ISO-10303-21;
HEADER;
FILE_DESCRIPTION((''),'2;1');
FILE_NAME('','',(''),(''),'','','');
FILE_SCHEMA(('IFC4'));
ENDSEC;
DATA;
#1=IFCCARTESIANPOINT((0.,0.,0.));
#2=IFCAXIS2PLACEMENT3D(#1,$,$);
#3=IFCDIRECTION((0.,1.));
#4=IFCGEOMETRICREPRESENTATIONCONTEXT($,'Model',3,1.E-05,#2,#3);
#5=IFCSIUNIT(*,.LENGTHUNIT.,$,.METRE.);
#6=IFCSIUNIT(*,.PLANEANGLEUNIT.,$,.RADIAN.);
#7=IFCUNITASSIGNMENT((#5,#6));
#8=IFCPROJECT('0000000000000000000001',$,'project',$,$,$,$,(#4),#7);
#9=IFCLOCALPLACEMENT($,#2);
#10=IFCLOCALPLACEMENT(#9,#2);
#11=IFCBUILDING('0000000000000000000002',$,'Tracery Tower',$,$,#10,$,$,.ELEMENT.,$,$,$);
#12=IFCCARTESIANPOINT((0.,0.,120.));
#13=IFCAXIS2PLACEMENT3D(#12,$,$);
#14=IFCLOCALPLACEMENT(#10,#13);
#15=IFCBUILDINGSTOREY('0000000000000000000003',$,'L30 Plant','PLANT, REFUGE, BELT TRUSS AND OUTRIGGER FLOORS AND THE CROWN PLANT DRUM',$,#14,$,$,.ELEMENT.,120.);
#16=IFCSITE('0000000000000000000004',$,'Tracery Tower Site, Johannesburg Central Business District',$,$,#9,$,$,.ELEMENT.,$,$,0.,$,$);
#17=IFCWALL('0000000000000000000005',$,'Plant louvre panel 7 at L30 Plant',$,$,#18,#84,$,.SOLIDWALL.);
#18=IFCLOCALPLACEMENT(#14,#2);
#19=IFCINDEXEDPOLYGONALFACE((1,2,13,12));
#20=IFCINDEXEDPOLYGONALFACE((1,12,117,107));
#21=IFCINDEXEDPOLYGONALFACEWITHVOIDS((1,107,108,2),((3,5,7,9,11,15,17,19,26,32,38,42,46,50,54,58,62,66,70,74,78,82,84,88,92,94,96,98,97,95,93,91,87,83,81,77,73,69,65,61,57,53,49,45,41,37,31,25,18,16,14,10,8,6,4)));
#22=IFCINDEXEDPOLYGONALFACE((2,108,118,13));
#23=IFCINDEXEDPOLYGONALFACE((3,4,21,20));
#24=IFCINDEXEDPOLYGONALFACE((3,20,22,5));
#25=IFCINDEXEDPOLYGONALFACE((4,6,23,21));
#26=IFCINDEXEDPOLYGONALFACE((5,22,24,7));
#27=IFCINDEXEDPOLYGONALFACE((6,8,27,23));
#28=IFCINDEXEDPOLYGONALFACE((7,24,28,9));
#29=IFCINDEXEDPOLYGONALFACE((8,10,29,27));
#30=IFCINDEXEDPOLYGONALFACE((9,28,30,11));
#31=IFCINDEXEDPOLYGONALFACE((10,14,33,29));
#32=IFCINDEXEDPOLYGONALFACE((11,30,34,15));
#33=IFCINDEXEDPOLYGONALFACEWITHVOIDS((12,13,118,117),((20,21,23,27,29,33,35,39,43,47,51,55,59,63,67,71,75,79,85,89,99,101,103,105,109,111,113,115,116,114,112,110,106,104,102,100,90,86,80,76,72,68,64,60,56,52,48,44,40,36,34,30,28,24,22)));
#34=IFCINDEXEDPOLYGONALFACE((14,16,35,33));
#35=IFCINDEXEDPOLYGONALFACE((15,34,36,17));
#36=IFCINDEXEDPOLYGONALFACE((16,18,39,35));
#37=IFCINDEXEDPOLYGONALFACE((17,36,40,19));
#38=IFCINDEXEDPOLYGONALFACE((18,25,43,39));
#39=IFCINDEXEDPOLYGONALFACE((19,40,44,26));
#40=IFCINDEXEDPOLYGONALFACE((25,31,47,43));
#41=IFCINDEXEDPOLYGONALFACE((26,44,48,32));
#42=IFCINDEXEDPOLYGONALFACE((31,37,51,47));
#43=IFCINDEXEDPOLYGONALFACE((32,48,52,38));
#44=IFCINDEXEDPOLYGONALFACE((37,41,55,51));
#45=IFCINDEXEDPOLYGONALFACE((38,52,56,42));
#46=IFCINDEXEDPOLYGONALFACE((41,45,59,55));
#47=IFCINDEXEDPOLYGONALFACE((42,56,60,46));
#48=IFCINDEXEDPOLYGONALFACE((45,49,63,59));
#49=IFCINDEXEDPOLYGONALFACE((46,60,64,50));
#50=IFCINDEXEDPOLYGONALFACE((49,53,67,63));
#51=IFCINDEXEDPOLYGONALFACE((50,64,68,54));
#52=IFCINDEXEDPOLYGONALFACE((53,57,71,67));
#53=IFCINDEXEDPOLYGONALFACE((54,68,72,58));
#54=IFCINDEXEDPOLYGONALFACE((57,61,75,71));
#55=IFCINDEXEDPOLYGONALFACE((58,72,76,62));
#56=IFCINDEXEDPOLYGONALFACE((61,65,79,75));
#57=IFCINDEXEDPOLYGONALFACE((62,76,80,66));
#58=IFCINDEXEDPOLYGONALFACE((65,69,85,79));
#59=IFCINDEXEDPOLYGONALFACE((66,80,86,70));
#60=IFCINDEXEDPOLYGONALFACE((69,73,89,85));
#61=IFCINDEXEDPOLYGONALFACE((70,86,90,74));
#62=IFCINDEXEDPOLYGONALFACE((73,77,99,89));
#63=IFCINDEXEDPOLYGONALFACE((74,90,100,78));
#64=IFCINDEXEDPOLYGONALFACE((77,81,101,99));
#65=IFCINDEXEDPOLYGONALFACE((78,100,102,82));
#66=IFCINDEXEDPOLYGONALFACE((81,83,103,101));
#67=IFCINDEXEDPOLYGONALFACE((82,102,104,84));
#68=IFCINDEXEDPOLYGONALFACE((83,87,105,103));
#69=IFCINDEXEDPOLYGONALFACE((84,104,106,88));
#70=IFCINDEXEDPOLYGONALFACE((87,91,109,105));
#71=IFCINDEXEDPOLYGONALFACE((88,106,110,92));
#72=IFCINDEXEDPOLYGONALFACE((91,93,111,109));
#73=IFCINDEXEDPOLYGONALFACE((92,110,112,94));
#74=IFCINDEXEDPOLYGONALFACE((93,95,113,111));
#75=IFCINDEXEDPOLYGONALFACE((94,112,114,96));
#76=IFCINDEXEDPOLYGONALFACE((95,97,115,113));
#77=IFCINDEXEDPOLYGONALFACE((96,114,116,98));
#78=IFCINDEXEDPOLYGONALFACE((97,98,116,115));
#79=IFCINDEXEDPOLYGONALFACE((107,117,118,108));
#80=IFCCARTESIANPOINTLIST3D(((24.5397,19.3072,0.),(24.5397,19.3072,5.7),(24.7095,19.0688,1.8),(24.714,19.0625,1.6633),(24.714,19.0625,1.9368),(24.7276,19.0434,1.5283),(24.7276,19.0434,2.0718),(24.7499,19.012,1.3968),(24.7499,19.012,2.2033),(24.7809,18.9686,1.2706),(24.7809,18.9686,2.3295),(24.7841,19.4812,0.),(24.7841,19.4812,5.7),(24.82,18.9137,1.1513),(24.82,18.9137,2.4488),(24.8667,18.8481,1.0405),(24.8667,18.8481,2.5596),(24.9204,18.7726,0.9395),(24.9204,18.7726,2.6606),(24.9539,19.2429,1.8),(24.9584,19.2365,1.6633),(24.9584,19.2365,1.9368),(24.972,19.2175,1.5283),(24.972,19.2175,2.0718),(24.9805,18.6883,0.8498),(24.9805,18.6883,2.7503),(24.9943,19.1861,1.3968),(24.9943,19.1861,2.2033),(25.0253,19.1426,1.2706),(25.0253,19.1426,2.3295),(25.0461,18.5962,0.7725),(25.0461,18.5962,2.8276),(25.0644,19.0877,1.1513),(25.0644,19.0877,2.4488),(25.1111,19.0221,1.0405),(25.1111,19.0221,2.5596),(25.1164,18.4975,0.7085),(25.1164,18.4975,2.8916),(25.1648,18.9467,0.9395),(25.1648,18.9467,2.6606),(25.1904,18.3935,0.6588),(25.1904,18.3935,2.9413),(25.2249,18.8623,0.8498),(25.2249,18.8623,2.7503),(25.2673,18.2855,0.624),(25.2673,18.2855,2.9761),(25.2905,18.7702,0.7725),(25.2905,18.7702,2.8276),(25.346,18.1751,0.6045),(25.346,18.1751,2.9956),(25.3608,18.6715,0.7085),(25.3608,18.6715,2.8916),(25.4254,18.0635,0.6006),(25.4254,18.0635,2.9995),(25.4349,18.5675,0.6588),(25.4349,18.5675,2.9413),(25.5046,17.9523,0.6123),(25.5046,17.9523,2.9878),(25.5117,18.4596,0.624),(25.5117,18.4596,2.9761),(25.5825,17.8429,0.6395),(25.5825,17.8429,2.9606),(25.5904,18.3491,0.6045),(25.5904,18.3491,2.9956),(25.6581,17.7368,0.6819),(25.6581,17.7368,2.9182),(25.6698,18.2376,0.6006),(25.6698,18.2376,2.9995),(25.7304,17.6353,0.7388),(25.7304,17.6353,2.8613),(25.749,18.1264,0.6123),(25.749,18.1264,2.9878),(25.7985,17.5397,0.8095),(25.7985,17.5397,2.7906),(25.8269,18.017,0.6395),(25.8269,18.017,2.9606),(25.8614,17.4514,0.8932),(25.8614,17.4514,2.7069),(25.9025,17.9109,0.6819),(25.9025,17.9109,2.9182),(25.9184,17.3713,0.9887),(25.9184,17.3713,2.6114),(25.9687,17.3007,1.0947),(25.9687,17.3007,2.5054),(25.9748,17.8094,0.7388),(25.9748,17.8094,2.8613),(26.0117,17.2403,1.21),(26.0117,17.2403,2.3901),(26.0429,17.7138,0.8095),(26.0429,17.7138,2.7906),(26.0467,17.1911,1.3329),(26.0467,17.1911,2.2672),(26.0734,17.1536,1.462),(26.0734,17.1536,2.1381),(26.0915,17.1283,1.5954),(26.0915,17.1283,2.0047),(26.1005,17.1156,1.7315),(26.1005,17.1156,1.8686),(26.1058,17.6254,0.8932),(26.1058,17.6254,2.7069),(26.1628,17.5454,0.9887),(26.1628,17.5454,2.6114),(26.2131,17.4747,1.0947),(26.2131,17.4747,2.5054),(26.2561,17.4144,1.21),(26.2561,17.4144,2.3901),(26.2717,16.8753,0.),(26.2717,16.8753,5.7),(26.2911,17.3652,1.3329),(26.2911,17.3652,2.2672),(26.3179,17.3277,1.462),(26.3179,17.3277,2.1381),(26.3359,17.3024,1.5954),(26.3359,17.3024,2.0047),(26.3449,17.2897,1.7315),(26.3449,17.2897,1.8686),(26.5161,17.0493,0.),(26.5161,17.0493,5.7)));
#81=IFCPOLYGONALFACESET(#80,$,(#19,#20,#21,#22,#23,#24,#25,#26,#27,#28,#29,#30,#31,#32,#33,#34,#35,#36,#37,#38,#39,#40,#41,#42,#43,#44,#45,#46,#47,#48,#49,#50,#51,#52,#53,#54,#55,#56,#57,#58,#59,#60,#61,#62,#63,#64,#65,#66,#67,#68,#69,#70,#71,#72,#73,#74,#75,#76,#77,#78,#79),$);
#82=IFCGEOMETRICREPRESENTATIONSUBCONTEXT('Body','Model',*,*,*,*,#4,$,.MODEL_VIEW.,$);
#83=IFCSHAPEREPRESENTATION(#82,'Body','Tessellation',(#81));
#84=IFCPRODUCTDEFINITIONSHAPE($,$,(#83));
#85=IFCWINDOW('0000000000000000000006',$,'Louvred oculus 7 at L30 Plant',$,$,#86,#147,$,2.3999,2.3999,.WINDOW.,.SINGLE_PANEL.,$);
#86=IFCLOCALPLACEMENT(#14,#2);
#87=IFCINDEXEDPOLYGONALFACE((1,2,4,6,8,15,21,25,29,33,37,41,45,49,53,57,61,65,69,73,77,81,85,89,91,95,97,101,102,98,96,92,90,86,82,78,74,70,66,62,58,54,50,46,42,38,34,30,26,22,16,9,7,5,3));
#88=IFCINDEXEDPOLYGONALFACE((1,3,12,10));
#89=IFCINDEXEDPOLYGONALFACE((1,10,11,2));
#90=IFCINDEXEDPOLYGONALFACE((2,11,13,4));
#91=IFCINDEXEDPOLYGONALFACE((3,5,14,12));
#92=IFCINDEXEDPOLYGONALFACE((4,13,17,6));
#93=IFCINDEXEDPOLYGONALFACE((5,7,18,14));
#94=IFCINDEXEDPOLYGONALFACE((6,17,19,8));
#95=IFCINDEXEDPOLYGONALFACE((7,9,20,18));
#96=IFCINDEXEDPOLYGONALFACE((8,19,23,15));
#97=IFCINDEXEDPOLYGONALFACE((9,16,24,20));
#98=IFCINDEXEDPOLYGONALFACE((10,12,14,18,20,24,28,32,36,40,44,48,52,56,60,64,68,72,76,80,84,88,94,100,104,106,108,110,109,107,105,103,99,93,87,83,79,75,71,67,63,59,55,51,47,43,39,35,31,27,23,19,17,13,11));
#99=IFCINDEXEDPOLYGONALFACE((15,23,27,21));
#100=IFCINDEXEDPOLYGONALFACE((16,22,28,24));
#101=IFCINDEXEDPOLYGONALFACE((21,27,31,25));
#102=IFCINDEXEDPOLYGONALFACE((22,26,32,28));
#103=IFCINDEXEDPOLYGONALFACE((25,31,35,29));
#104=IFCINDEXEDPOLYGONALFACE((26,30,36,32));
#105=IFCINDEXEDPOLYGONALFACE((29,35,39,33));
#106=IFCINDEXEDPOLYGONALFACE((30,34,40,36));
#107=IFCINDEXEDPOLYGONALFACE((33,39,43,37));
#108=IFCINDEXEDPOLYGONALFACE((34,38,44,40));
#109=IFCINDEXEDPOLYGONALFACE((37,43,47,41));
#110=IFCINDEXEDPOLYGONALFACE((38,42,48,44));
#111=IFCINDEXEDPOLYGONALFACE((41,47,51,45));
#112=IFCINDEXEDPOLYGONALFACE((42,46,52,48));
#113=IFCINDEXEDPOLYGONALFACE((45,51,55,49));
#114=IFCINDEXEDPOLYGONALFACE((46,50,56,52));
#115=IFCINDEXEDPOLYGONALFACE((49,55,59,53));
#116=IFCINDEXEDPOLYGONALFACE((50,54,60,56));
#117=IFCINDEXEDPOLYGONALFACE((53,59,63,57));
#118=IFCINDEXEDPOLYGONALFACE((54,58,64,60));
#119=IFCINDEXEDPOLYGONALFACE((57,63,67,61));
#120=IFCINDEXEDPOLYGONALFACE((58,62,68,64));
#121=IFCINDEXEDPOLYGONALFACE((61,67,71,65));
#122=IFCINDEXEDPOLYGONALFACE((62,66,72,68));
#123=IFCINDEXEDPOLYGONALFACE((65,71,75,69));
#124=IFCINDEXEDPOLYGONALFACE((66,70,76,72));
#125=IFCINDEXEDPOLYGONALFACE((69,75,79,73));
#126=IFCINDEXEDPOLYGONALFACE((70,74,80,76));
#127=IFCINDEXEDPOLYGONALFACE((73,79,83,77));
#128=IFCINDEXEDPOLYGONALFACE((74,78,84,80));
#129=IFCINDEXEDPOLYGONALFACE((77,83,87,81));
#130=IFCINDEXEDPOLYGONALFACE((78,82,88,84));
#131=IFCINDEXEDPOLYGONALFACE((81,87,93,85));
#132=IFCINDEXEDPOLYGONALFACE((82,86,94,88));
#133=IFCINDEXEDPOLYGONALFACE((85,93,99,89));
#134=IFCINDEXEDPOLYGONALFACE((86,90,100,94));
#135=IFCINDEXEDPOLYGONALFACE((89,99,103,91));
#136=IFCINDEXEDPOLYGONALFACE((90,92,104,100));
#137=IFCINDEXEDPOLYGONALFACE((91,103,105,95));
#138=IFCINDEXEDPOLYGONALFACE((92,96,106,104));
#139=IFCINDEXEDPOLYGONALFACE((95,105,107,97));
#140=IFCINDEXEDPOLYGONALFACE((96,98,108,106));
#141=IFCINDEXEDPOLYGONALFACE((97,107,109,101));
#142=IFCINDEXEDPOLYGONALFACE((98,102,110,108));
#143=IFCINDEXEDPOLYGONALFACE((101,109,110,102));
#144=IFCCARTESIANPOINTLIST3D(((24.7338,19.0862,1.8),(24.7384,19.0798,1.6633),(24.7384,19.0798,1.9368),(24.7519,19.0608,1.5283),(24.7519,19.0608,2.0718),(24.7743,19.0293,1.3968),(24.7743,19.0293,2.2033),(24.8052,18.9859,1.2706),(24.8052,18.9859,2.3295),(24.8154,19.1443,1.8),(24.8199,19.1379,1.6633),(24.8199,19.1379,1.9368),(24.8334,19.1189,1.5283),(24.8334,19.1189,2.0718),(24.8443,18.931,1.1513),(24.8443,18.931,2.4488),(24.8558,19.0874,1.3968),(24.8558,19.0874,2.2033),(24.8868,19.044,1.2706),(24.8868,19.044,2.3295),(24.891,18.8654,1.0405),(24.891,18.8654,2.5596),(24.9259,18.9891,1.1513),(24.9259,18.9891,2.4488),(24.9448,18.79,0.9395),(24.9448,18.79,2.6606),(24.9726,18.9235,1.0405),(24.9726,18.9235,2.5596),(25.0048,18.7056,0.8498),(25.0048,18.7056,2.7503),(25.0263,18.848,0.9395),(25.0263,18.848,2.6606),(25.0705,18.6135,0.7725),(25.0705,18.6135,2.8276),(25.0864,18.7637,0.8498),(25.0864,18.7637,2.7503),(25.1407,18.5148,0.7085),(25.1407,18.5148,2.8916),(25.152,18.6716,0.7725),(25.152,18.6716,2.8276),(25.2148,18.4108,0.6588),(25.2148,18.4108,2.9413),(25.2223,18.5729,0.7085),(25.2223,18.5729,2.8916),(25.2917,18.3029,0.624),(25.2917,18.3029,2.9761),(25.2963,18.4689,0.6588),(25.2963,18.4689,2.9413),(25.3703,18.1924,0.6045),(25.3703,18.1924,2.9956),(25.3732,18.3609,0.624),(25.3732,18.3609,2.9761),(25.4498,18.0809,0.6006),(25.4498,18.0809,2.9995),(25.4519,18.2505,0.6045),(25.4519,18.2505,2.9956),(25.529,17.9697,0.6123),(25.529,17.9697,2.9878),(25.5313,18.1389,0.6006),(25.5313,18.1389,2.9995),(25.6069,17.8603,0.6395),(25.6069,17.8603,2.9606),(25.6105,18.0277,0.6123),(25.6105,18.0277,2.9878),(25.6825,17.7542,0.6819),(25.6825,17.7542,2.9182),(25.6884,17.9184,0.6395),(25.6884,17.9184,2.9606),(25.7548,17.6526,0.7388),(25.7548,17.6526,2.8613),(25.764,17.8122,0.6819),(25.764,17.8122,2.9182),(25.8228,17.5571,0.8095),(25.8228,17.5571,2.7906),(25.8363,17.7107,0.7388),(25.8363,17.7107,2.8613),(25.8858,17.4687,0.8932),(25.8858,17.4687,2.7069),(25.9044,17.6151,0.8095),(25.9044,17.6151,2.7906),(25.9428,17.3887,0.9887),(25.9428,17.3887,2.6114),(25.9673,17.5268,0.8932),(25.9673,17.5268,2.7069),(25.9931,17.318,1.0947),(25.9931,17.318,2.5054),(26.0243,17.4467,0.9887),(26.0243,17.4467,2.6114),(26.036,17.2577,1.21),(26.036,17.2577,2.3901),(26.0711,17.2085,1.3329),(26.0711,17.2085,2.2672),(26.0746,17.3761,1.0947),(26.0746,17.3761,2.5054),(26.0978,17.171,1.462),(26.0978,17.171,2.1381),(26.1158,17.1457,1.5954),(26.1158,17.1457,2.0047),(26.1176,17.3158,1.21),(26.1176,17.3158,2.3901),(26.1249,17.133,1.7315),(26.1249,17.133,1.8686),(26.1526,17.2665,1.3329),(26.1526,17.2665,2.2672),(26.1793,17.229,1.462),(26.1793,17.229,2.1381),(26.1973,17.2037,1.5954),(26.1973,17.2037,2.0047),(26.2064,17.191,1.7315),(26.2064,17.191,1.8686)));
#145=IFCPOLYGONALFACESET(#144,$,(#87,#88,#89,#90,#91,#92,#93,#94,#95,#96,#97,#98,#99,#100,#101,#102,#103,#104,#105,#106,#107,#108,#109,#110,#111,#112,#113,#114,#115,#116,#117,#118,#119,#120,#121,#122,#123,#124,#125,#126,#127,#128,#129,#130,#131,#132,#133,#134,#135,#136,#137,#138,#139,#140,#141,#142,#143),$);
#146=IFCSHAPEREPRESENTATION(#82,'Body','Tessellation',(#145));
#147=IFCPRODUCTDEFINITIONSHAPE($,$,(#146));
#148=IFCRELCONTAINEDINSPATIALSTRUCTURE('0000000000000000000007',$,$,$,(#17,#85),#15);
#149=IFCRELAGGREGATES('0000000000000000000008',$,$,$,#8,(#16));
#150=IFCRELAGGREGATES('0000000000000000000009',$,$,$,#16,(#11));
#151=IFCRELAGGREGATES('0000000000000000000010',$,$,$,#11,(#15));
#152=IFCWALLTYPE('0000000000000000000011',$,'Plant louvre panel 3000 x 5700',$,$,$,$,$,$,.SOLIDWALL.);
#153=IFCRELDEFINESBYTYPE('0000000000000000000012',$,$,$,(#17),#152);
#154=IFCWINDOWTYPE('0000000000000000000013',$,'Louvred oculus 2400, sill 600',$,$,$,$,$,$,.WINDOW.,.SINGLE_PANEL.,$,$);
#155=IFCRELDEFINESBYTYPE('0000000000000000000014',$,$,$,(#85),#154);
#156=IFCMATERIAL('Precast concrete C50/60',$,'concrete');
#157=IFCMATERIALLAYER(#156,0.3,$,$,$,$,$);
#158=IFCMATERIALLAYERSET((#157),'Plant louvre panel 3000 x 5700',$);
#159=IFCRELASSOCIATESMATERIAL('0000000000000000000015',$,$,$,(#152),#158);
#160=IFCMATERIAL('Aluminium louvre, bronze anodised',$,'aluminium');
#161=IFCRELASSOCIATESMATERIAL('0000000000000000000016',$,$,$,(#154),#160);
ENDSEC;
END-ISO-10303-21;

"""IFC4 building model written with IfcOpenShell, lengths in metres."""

from ifc_helpers import new_model, si_unit, direction, frame, frame_2d, origin, origin_2d, place, context, subcontext, project, spatial, rectangle, circle, extrude, material, layer, layer_set, type_object, element, fill, save


model = new_model("IFC4")

# Units and contexts
model_context = context("Model", 3, precision=1e-05, world=origin(), true_north=direction((0.0, 1.0)))
body_context = subcontext(model_context, "Body", "Model", "MODEL_VIEW")
ifc_project = project(units=[si_unit("LENGTHUNIT", "METRE"), si_unit("PLANEANGLEUNIT", "RADIAN")], contexts=[model_context])

# Site, building, storey
site_placement = place(None, origin())
site = spatial("IfcSite", under=ifc_project, at=site_placement, Name="Tracery Tower Site, Johannesburg Central Business District", CompositionType="ELEMENT", RefElevation=0.0)
building_placement = place(site_placement, origin())
building = spatial("IfcBuilding", under=site, at=building_placement, Name="Tracery Tower", CompositionType="ELEMENT")
storey_placement = place(building_placement, frame((0.0, 0.0, 120.0)))
storey = spatial("IfcBuildingStorey", under=building, at=storey_placement, Name="L30 Plant", Description="PLANT, REFUGE, BELT TRUSS AND OUTRIGGER FLOORS AND THE CROWN PLANT DRUM", CompositionType="ELEMENT", Elevation=120.0)

# Wall, opening, window
ifc_material_1 = material(Name="Precast concrete C50/60", Category="concrete")
ifc_layer_1 = layer(ifc_material_1, 0.3)
ifc_layer_set_1 = layer_set([ifc_layer_1], Name="Plant louvre panel 3000 x 5700")
wall_type_1 = type_object("IfcWallType", Name="Plant louvre panel 3000 x 5700", PredefinedType="SOLIDWALL", material=ifc_layer_set_1)
wall_1_placement = place(storey_placement, frame((26.3938, 16.9624, 0.0), z_axis=(0.0, 0.0, 1.0), x_axis=(-0.580101, 0.814545, 0.0)))
wall_1 = element("IfcWall", 1, at=wall_1_placement, inside=storey, type_object=wall_type_1, Name="Plant louvre panel 7 at L30 Plant", PredefinedType="SOLIDWALL", context=body_context, shape_type="SweptSolid", body=[
    extrude(rectangle(XDim=2.9856, YDim=0.3, at=frame_2d((1.4927, 0.0))), origin(), (0.0, 0.0, 1.0), 5.7),
])
opening_1_placement = place(wall_1_placement, frame((1.4929, 0.0, 1.8)))
opening_1 = element("IfcOpeningElement", 2, at=opening_1_placement, cuts=wall_1, PredefinedType="OPENING", context=body_context, shape_type="SweptSolid", body=[
    extrude(circle(Radius=1.2, at=origin_2d()), frame((0.0, 0.1599, 0.0), z_axis=(0.0, -1.0, 0.0), x_axis=(1.0, 0.0, 0.0)), (0.0, 0.0, 1.0), 0.3201),
])
ifc_material_2 = material(Name="Aluminium louvre, bronze anodised", Category="aluminium")
window_type = type_object("IfcWindowType", Name="Louvred oculus 2400, sill 600", PartitioningType="SINGLE_PANEL", PredefinedType="WINDOW", material=ifc_material_2)
window_1_placement = place(opening_1_placement, origin())
window_1 = element("IfcWindow", 3, at=window_1_placement, inside=storey, type_object=window_type, Name="Louvred oculus 7 at L30 Plant", OverallHeight=2.3999, OverallWidth=2.3999, PartitioningType="SINGLE_PANEL", PredefinedType="WINDOW", context=body_context, shape_type="SweptSolid", body=[
    extrude(circle(Radius=1.2, at=origin_2d()), frame((0.0, 0.1201, 0.0), z_axis=(0.0, -1.0, 0.0), x_axis=(1.0, 0.0, 0.0)), (0.0, 0.0, 1.0), 0.1001),
])
fill(opening_1, window_1)

save(model, "model.ifc")
